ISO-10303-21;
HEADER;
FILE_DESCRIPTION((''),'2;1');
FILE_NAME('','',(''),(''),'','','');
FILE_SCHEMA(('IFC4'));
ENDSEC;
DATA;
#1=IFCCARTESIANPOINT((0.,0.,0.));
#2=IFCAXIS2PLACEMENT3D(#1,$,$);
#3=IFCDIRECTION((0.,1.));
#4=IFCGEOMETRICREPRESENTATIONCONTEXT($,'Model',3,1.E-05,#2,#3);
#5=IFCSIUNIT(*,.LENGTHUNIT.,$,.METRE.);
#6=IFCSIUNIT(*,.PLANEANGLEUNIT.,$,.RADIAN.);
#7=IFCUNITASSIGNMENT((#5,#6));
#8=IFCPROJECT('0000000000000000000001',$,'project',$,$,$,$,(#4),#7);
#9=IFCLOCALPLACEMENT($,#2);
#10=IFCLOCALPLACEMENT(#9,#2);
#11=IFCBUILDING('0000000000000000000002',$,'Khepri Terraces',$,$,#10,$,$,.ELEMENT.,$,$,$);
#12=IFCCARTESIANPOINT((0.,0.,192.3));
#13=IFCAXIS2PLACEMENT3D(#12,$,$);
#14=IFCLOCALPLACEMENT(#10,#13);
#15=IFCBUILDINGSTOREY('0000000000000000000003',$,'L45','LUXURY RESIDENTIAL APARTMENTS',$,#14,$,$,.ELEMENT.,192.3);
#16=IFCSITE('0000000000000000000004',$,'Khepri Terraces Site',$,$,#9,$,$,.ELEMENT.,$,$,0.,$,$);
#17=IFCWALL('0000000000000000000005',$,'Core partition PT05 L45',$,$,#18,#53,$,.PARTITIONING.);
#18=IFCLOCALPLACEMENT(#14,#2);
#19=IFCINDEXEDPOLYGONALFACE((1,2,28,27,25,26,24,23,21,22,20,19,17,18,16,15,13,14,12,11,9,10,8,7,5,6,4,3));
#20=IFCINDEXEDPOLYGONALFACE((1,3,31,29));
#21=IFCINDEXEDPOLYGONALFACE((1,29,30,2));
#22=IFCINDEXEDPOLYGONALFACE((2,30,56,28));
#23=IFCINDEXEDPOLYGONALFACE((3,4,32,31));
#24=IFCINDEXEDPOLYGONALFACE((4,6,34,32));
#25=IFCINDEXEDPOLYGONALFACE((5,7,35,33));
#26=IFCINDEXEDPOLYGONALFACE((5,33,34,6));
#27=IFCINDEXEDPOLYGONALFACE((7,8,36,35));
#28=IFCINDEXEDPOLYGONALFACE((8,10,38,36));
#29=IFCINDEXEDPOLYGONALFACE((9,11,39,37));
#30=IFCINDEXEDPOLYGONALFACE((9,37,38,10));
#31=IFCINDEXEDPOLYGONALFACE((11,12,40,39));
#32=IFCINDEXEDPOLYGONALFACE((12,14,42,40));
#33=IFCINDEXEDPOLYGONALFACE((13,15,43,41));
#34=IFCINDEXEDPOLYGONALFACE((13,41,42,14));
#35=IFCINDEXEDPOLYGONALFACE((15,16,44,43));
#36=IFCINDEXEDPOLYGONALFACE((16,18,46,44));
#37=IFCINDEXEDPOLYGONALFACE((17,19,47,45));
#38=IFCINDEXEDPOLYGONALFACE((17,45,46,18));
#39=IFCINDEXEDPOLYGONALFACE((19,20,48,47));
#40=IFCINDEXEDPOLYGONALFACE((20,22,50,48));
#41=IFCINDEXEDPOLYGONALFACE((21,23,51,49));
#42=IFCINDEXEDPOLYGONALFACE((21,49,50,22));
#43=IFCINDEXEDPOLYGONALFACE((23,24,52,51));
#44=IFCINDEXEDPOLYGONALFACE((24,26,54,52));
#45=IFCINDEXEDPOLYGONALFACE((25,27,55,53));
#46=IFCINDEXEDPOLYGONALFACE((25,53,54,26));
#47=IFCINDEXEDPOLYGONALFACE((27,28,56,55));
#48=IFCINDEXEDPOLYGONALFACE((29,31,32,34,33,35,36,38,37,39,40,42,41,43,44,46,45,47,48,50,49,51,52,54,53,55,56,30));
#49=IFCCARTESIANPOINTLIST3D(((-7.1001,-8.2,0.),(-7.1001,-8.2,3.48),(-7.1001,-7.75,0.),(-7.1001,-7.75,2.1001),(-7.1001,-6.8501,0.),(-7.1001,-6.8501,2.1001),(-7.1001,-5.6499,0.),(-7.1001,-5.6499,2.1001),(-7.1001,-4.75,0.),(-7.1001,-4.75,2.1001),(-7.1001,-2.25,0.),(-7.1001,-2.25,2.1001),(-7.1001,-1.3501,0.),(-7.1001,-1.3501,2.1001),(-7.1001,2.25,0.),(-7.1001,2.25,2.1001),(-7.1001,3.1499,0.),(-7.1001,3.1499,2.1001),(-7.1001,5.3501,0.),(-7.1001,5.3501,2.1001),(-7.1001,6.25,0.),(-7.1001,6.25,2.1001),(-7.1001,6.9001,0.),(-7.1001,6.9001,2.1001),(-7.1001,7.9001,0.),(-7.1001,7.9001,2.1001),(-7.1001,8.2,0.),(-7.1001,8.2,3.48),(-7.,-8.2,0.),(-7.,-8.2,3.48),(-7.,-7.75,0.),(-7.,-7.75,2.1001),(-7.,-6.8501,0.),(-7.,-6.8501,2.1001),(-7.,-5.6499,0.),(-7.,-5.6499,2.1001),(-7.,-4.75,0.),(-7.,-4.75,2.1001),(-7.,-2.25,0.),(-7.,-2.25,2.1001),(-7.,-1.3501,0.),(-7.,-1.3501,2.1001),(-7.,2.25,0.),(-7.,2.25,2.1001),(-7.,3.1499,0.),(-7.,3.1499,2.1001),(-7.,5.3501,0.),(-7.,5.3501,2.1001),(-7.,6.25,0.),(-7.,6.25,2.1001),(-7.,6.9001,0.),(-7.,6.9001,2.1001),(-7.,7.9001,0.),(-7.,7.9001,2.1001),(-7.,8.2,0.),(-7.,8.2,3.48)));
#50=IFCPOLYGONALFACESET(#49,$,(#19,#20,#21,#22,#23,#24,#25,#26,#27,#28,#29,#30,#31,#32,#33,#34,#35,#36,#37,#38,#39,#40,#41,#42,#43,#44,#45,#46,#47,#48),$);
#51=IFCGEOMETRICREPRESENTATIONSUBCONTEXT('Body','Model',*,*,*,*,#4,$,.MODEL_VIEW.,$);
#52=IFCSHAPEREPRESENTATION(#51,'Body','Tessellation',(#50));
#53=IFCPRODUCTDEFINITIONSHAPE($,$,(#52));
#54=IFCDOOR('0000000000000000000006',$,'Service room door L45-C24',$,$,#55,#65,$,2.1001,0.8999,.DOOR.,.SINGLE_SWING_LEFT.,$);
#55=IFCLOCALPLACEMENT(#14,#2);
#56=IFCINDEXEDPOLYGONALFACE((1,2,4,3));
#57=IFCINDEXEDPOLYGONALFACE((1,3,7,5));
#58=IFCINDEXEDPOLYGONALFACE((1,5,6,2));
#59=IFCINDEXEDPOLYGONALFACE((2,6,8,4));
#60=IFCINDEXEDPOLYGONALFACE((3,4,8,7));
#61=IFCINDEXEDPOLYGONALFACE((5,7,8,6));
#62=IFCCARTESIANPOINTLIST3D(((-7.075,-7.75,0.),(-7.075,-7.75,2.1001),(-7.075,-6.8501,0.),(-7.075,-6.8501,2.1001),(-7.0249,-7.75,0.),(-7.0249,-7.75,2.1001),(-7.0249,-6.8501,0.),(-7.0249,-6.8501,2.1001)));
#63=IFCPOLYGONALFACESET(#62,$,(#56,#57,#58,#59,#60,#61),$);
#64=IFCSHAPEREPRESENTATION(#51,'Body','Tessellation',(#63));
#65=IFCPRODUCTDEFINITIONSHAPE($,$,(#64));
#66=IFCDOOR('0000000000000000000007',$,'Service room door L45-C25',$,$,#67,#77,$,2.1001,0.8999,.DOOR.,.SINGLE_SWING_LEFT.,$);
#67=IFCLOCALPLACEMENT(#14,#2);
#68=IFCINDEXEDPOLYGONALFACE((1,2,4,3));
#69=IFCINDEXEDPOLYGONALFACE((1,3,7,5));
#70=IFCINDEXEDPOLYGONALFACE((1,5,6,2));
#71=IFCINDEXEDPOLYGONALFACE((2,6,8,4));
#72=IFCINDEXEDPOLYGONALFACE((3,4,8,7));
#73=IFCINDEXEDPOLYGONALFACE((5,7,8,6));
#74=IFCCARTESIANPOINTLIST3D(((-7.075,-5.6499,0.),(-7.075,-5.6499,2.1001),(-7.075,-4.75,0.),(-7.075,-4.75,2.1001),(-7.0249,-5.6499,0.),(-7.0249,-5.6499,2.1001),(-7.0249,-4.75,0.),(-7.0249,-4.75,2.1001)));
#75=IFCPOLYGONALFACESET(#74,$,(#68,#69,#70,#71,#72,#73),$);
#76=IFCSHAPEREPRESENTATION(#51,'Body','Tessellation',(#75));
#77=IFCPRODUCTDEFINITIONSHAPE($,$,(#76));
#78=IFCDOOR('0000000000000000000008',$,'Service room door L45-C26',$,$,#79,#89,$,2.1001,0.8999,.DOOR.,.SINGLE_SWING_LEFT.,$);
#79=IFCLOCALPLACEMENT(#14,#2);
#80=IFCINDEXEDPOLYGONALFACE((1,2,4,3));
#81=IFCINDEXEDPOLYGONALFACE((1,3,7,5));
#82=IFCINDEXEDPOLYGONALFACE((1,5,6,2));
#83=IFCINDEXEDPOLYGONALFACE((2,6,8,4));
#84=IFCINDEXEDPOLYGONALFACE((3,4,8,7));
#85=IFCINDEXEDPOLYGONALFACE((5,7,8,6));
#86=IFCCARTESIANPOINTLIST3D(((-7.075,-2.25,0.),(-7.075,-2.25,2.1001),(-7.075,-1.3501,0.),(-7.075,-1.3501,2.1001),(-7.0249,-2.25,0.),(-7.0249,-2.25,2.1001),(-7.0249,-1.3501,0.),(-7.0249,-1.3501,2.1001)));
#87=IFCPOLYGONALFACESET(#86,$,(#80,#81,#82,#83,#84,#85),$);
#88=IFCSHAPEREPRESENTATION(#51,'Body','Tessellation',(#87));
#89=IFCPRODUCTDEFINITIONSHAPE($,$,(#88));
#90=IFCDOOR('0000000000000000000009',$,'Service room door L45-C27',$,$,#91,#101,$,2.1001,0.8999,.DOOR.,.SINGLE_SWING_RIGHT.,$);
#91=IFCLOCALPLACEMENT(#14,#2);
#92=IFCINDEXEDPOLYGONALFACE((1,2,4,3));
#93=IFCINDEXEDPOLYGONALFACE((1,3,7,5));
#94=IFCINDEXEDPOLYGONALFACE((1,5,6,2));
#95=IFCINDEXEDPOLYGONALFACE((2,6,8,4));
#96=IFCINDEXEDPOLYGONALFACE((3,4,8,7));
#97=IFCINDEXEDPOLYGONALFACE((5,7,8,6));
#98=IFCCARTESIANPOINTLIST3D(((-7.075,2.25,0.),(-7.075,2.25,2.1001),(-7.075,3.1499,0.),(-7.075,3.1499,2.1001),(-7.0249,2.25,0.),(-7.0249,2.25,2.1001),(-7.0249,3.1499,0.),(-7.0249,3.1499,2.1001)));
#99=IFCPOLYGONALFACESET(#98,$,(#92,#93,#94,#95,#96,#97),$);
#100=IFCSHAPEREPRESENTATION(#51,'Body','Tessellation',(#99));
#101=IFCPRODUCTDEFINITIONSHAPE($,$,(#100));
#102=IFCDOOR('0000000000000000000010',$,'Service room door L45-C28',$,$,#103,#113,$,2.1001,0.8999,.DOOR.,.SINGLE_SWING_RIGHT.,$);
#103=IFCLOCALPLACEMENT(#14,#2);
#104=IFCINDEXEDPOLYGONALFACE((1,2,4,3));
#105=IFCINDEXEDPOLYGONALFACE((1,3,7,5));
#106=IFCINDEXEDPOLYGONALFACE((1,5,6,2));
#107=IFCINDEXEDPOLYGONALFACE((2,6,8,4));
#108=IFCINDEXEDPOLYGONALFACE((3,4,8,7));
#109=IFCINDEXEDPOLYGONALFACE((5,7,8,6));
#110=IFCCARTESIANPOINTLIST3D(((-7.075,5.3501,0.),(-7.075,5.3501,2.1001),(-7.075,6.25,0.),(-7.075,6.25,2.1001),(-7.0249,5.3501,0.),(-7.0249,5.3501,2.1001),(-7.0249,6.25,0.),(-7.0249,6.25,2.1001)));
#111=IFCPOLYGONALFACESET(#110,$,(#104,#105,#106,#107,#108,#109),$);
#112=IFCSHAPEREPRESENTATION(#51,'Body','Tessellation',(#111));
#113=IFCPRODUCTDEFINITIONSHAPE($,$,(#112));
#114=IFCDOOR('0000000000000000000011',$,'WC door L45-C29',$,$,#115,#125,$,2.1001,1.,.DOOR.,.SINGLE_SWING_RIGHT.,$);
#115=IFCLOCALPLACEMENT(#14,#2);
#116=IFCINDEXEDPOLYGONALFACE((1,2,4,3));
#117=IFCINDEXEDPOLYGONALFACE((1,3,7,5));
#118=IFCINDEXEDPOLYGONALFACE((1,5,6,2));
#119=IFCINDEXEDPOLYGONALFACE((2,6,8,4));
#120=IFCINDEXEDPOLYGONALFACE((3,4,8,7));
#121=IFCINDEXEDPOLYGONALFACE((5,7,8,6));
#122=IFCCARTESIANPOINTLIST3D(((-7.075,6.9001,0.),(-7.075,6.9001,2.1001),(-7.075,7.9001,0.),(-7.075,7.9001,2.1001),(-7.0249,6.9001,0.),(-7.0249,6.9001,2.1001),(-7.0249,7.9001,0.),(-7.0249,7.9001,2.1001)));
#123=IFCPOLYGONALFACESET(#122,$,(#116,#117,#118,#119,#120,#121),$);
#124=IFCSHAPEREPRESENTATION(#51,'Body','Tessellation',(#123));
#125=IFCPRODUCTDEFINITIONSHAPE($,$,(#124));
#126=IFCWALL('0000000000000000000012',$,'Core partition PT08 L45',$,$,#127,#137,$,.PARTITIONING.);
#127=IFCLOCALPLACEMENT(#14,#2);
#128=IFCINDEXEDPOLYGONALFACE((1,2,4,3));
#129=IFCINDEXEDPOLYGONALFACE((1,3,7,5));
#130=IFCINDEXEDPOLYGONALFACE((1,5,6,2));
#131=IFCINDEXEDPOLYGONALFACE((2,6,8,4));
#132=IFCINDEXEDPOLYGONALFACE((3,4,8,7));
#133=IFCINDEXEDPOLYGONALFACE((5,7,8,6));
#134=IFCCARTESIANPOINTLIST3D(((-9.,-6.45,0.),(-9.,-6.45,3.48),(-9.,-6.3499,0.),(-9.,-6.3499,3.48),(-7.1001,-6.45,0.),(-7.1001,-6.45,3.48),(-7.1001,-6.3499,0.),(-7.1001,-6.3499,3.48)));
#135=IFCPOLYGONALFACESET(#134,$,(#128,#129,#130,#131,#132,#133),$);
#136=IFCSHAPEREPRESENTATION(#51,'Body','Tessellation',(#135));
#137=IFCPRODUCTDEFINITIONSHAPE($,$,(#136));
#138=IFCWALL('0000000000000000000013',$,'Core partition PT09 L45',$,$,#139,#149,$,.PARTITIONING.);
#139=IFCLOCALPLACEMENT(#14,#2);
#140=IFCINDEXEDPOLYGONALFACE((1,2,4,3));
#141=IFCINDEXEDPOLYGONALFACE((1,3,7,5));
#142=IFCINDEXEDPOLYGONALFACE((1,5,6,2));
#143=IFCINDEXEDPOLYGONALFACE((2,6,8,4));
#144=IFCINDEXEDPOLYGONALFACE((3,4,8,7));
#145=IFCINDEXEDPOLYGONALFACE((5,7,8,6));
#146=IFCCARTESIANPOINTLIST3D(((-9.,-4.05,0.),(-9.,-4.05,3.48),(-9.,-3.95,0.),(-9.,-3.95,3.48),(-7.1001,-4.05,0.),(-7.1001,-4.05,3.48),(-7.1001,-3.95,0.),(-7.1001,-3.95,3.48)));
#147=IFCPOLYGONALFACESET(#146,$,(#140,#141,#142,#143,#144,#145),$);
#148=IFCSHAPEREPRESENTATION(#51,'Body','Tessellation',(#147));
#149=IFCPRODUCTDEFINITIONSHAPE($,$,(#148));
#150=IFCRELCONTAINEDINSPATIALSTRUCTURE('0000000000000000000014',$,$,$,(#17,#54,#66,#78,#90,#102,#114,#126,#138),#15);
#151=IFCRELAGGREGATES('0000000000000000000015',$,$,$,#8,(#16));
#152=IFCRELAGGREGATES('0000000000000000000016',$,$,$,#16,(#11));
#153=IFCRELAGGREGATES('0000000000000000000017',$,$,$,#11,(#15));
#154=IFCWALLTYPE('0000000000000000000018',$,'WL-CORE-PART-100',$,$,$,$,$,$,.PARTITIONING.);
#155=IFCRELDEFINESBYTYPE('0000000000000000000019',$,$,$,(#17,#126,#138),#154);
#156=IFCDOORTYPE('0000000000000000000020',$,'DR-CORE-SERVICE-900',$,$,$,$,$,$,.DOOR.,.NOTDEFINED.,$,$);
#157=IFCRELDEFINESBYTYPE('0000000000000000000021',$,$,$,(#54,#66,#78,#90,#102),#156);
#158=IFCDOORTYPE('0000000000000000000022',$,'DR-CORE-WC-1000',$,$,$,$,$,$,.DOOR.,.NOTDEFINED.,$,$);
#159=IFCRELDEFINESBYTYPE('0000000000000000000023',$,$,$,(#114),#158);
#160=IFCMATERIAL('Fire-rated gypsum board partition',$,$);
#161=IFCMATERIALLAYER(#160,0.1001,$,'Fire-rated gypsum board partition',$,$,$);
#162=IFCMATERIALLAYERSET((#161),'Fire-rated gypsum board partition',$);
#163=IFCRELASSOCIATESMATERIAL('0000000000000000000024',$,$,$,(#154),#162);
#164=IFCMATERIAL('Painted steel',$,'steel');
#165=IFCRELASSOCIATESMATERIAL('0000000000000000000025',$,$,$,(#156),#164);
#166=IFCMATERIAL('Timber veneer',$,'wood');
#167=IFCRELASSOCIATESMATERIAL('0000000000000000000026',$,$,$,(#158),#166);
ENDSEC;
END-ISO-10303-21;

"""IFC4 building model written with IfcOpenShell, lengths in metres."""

from ifc_helpers import new_model, si_unit, direction, frame, frame_2d, origin, place, context, subcontext, project, spatial, rectangle, extrude, material, layer, layer_set, type_object, element, fill, save


model = new_model("IFC4")

# Units and contexts
model_context = context("Model", 3, precision=1e-05, world=origin(), true_north=direction((0.0, 1.0)))
body_context = subcontext(model_context, "Body", "Model", "MODEL_VIEW")
ifc_project = project(units=[si_unit("LENGTHUNIT", "METRE"), si_unit("PLANEANGLEUNIT", "RADIAN")], contexts=[model_context])

# Site, building, storey
site_placement = place(None, origin())
site = spatial("IfcSite", under=ifc_project, at=site_placement, Name="Khepri Terraces Site", CompositionType="ELEMENT", RefElevation=0.0)
building_placement = place(site_placement, origin())
building = spatial("IfcBuilding", under=site, at=building_placement, Name="Khepri Terraces", CompositionType="ELEMENT")
storey_placement = place(building_placement, frame((0.0, 0.0, 192.3)))
storey = spatial("IfcBuildingStorey", under=building, at=storey_placement, Name="L45", Description="LUXURY RESIDENTIAL APARTMENTS", CompositionType="ELEMENT", Elevation=192.3)

# Shared definitions
ifc_material_1 = material(Name="Painted steel", Category="steel")

# Wall, openings, doors
ifc_material_2 = material(Name="Fire-rated gypsum board partition")
ifc_layer_1 = layer(ifc_material_2, 0.1001, Name="Fire-rated gypsum board partition")
ifc_layer_set_1 = layer_set([ifc_layer_1], Name="Fire-rated gypsum board partition")
wall_type_1 = type_object("IfcWallType", Name="WL-CORE-PART-100", PredefinedType="PARTITIONING", material=ifc_layer_set_1)
wall_1_placement = place(storey_placement, frame((-7.05, -8.2, 0.0), z_axis=(0.0, 0.0, 1.0), x_axis=(0.0, 1.0, 0.0)))
wall_1 = element("IfcWall", 1, at=wall_1_placement, inside=storey, type_object=wall_type_1, Name="Core partition PT05 L45", PredefinedType="PARTITIONING", context=body_context, shape_type="SweptSolid", body=[
    extrude(rectangle(XDim=16.3999, YDim=0.1001, at=frame_2d((8.2, 0.0))), origin(), (0.0, 0.0, 1.0), 3.48),
])
opening_1_placement = place(wall_1_placement, frame((0.45, 0.0, 0.0)))
opening_1 = element("IfcOpeningElement", 2, at=opening_1_placement, cuts=wall_1, PredefinedType="OPENING", context=body_context, shape_type="SweptSolid", body=[
    extrude(rectangle(XDim=0.8999, YDim=2.1001, at=frame_2d((0.45, 1.05))), frame((0.0, 0.0601, 0.0), z_axis=(0.0, -1.0, 0.0), x_axis=(1.0, 0.0, 0.0)), (0.0, 0.0, 1.0), 0.1201),
])
opening_2_placement = place(wall_1_placement, frame((2.55, 0.0, 0.0)))
opening_2 = element("IfcOpeningElement", 3, at=opening_2_placement, cuts=wall_1, PredefinedType="OPENING", context=body_context, shape_type="SweptSolid", body=[
    extrude(rectangle(XDim=0.8999, YDim=2.1001, at=frame_2d((0.45, 1.05))), frame((0.0, 0.0601, 0.0), z_axis=(0.0, -1.0, 0.0), x_axis=(1.0, 0.0, 0.0)), (0.0, 0.0, 1.0), 0.1201),
])
opening_3_placement = place(wall_1_placement, frame((5.95, 0.0, 0.0)))
opening_3 = element("IfcOpeningElement", 4, at=opening_3_placement, cuts=wall_1, PredefinedType="OPENING", context=body_context, shape_type="SweptSolid", body=[
    extrude(rectangle(XDim=0.8999, YDim=2.1001, at=frame_2d((0.45, 1.05))), frame((0.0, 0.0601, 0.0), z_axis=(0.0, -1.0, 0.0), x_axis=(1.0, 0.0, 0.0)), (0.0, 0.0, 1.0), 0.1201),
])
opening_4_placement = place(wall_1_placement, frame((10.45, 0.0, 0.0)))
opening_4 = element("IfcOpeningElement", 5, at=opening_4_placement, cuts=wall_1, PredefinedType="OPENING", context=body_context, shape_type="SweptSolid", body=[
    extrude(rectangle(XDim=0.8999, YDim=2.1001, at=frame_2d((0.45, 1.05))), frame((0.0, 0.0601, 0.0), z_axis=(0.0, -1.0, 0.0), x_axis=(1.0, 0.0, 0.0)), (0.0, 0.0, 1.0), 0.1201),
])
opening_5_placement = place(wall_1_placement, frame((13.55, 0.0, 0.0)))
opening_5 = element("IfcOpeningElement", 6, at=opening_5_placement, cuts=wall_1, PredefinedType="OPENING", context=body_context, shape_type="SweptSolid", body=[
    extrude(rectangle(XDim=0.8999, YDim=2.1001, at=frame_2d((0.45, 1.05))), frame((0.0, 0.0601, 0.0), z_axis=(0.0, -1.0, 0.0), x_axis=(1.0, 0.0, 0.0)), (0.0, 0.0, 1.0), 0.1201),
])
opening_6_placement = place(wall_1_placement, frame((15.1001, 0.0, 0.0)))
opening_6 = element("IfcOpeningElement", 7, at=opening_6_placement, cuts=wall_1, PredefinedType="OPENING", context=body_context, shape_type="SweptSolid", body=[
    extrude(rectangle(XDim=1.0, YDim=2.1001, at=frame_2d((0.5, 1.05))), frame((0.0, 0.0601, 0.0), z_axis=(0.0, -1.0, 0.0), x_axis=(1.0, 0.0, 0.0)), (0.0, 0.0, 1.0), 0.1201),
])
door_type_1 = type_object("IfcDoorType", Name="DR-CORE-SERVICE-900", OperationType="NOTDEFINED", PredefinedType="DOOR", material=ifc_material_1)
door_1_placement = place(opening_1_placement, origin())
door_1 = element("IfcDoor", 8, at=door_1_placement, inside=storey, type_object=door_type_1, Name="Service room door L45-C24", OperationType="SINGLE_SWING_LEFT", OverallHeight=2.1001, OverallWidth=0.8999, PredefinedType="DOOR", context=body_context, shape_type="SweptSolid", body=[
    extrude(rectangle(XDim=0.8999, YDim=2.1001, at=frame_2d((0.45, 1.05))), frame((0.0, 0.0249, 0.0), z_axis=(0.0, -1.0, 0.0), x_axis=(1.0, 0.0, 0.0)), (0.0, 0.0, 1.0), 0.05),
])
fill(opening_1, door_1)
door_2_placement = place(opening_2_placement, origin())
door_2 = element("IfcDoor", 9, at=door_2_placement, inside=storey, type_object=door_type_1, Name="Service room door L45-C25", OperationType="SINGLE_SWING_LEFT", OverallHeight=2.1001, OverallWidth=0.8999, PredefinedType="DOOR", context=body_context, shape_type="SweptSolid", body=[
    extrude(rectangle(XDim=0.8999, YDim=2.1001, at=frame_2d((0.45, 1.05))), frame((0.0, 0.0249, 0.0), z_axis=(0.0, -1.0, 0.0), x_axis=(1.0, 0.0, 0.0)), (0.0, 0.0, 1.0), 0.05),
])
fill(opening_2, door_2)
door_3_placement = place(opening_3_placement, origin())
door_3 = element("IfcDoor", 10, at=door_3_placement, inside=storey, type_object=door_type_1, Name="Service room door L45-C26", OperationType="SINGLE_SWING_LEFT", OverallHeight=2.1001, OverallWidth=0.8999, PredefinedType="DOOR", context=body_context, shape_type="SweptSolid", body=[
    extrude(rectangle(XDim=0.8999, YDim=2.1001, at=frame_2d((0.45, 1.05))), frame((0.0, 0.0249, 0.0), z_axis=(0.0, -1.0, 0.0), x_axis=(1.0, 0.0, 0.0)), (0.0, 0.0, 1.0), 0.05),
])
fill(opening_3, door_3)
door_4_placement = place(opening_4_placement, origin())
door_4 = element("IfcDoor", 11, at=door_4_placement, inside=storey, type_object=door_type_1, Name="Service room door L45-C27", OperationType="SINGLE_SWING_RIGHT", OverallHeight=2.1001, OverallWidth=0.8999, PredefinedType="DOOR", context=body_context, shape_type="SweptSolid", body=[
    extrude(rectangle(XDim=0.8999, YDim=2.1001, at=frame_2d((0.45, 1.05))), frame((0.0, 0.0249, 0.0), z_axis=(0.0, -1.0, 0.0), x_axis=(1.0, 0.0, 0.0)), (0.0, 0.0, 1.0), 0.05),
])
fill(opening_4, door_4)
door_5_placement = place(opening_5_placement, origin())
door_5 = element("IfcDoor", 12, at=door_5_placement, inside=storey, type_object=door_type_1, Name="Service room door L45-C28", OperationType="SINGLE_SWING_RIGHT", OverallHeight=2.1001, OverallWidth=0.8999, PredefinedType="DOOR", context=body_context, shape_type="SweptSolid", body=[
    extrude(rectangle(XDim=0.8999, YDim=2.1001, at=frame_2d((0.45, 1.05))), frame((0.0, 0.0249, 0.0), z_axis=(0.0, -1.0, 0.0), x_axis=(1.0, 0.0, 0.0)), (0.0, 0.0, 1.0), 0.05),
])
fill(opening_5, door_5)
ifc_material_3 = material(Name="Timber veneer", Category="wood")
door_type_2 = type_object("IfcDoorType", Name="DR-CORE-WC-1000", OperationType="NOTDEFINED", PredefinedType="DOOR", material=ifc_material_3)
door_6_placement = place(opening_6_placement, origin())
door_6 = element("IfcDoor", 13, at=door_6_placement, inside=storey, type_object=door_type_2, Name="WC door L45-C29", OperationType="SINGLE_SWING_RIGHT", OverallHeight=2.1001, OverallWidth=1.0, PredefinedType="DOOR", context=body_context, shape_type="SweptSolid", body=[
    extrude(rectangle(XDim=1.0, YDim=2.1001, at=frame_2d((0.5, 1.05))), frame((0.0, 0.0249, 0.0), z_axis=(0.0, -1.0, 0.0), x_axis=(1.0, 0.0, 0.0)), (0.0, 0.0, 1.0), 0.05),
])
fill(opening_6, door_6)

# Walls
for number, where, z_axis, x_axis, name in (
    (14, (-9.0, -6.3999, 0.0), (0.0, 0.0, 1.0), (1.0, 0.0, 0.0), "Core partition PT08 L45"),
    (15, (-9.0, -4.0, 0.0), (0.0, 0.0, 1.0), (1.0, 0.0, 0.0), "Core partition PT09 L45"),
):
    element("IfcWall", number, at=place(storey_placement, frame(where, z_axis=z_axis, x_axis=x_axis)), inside=storey, type_object=wall_type_1, Name=name, PredefinedType="PARTITIONING", context=body_context, shape_type="SweptSolid", body=[
        extrude(rectangle(XDim=1.8999, YDim=0.1001, at=frame_2d((0.95, 0.0))), origin(), (0.0, 0.0, 1.0), 3.48),
    ])

save(model, "model.ifc")
